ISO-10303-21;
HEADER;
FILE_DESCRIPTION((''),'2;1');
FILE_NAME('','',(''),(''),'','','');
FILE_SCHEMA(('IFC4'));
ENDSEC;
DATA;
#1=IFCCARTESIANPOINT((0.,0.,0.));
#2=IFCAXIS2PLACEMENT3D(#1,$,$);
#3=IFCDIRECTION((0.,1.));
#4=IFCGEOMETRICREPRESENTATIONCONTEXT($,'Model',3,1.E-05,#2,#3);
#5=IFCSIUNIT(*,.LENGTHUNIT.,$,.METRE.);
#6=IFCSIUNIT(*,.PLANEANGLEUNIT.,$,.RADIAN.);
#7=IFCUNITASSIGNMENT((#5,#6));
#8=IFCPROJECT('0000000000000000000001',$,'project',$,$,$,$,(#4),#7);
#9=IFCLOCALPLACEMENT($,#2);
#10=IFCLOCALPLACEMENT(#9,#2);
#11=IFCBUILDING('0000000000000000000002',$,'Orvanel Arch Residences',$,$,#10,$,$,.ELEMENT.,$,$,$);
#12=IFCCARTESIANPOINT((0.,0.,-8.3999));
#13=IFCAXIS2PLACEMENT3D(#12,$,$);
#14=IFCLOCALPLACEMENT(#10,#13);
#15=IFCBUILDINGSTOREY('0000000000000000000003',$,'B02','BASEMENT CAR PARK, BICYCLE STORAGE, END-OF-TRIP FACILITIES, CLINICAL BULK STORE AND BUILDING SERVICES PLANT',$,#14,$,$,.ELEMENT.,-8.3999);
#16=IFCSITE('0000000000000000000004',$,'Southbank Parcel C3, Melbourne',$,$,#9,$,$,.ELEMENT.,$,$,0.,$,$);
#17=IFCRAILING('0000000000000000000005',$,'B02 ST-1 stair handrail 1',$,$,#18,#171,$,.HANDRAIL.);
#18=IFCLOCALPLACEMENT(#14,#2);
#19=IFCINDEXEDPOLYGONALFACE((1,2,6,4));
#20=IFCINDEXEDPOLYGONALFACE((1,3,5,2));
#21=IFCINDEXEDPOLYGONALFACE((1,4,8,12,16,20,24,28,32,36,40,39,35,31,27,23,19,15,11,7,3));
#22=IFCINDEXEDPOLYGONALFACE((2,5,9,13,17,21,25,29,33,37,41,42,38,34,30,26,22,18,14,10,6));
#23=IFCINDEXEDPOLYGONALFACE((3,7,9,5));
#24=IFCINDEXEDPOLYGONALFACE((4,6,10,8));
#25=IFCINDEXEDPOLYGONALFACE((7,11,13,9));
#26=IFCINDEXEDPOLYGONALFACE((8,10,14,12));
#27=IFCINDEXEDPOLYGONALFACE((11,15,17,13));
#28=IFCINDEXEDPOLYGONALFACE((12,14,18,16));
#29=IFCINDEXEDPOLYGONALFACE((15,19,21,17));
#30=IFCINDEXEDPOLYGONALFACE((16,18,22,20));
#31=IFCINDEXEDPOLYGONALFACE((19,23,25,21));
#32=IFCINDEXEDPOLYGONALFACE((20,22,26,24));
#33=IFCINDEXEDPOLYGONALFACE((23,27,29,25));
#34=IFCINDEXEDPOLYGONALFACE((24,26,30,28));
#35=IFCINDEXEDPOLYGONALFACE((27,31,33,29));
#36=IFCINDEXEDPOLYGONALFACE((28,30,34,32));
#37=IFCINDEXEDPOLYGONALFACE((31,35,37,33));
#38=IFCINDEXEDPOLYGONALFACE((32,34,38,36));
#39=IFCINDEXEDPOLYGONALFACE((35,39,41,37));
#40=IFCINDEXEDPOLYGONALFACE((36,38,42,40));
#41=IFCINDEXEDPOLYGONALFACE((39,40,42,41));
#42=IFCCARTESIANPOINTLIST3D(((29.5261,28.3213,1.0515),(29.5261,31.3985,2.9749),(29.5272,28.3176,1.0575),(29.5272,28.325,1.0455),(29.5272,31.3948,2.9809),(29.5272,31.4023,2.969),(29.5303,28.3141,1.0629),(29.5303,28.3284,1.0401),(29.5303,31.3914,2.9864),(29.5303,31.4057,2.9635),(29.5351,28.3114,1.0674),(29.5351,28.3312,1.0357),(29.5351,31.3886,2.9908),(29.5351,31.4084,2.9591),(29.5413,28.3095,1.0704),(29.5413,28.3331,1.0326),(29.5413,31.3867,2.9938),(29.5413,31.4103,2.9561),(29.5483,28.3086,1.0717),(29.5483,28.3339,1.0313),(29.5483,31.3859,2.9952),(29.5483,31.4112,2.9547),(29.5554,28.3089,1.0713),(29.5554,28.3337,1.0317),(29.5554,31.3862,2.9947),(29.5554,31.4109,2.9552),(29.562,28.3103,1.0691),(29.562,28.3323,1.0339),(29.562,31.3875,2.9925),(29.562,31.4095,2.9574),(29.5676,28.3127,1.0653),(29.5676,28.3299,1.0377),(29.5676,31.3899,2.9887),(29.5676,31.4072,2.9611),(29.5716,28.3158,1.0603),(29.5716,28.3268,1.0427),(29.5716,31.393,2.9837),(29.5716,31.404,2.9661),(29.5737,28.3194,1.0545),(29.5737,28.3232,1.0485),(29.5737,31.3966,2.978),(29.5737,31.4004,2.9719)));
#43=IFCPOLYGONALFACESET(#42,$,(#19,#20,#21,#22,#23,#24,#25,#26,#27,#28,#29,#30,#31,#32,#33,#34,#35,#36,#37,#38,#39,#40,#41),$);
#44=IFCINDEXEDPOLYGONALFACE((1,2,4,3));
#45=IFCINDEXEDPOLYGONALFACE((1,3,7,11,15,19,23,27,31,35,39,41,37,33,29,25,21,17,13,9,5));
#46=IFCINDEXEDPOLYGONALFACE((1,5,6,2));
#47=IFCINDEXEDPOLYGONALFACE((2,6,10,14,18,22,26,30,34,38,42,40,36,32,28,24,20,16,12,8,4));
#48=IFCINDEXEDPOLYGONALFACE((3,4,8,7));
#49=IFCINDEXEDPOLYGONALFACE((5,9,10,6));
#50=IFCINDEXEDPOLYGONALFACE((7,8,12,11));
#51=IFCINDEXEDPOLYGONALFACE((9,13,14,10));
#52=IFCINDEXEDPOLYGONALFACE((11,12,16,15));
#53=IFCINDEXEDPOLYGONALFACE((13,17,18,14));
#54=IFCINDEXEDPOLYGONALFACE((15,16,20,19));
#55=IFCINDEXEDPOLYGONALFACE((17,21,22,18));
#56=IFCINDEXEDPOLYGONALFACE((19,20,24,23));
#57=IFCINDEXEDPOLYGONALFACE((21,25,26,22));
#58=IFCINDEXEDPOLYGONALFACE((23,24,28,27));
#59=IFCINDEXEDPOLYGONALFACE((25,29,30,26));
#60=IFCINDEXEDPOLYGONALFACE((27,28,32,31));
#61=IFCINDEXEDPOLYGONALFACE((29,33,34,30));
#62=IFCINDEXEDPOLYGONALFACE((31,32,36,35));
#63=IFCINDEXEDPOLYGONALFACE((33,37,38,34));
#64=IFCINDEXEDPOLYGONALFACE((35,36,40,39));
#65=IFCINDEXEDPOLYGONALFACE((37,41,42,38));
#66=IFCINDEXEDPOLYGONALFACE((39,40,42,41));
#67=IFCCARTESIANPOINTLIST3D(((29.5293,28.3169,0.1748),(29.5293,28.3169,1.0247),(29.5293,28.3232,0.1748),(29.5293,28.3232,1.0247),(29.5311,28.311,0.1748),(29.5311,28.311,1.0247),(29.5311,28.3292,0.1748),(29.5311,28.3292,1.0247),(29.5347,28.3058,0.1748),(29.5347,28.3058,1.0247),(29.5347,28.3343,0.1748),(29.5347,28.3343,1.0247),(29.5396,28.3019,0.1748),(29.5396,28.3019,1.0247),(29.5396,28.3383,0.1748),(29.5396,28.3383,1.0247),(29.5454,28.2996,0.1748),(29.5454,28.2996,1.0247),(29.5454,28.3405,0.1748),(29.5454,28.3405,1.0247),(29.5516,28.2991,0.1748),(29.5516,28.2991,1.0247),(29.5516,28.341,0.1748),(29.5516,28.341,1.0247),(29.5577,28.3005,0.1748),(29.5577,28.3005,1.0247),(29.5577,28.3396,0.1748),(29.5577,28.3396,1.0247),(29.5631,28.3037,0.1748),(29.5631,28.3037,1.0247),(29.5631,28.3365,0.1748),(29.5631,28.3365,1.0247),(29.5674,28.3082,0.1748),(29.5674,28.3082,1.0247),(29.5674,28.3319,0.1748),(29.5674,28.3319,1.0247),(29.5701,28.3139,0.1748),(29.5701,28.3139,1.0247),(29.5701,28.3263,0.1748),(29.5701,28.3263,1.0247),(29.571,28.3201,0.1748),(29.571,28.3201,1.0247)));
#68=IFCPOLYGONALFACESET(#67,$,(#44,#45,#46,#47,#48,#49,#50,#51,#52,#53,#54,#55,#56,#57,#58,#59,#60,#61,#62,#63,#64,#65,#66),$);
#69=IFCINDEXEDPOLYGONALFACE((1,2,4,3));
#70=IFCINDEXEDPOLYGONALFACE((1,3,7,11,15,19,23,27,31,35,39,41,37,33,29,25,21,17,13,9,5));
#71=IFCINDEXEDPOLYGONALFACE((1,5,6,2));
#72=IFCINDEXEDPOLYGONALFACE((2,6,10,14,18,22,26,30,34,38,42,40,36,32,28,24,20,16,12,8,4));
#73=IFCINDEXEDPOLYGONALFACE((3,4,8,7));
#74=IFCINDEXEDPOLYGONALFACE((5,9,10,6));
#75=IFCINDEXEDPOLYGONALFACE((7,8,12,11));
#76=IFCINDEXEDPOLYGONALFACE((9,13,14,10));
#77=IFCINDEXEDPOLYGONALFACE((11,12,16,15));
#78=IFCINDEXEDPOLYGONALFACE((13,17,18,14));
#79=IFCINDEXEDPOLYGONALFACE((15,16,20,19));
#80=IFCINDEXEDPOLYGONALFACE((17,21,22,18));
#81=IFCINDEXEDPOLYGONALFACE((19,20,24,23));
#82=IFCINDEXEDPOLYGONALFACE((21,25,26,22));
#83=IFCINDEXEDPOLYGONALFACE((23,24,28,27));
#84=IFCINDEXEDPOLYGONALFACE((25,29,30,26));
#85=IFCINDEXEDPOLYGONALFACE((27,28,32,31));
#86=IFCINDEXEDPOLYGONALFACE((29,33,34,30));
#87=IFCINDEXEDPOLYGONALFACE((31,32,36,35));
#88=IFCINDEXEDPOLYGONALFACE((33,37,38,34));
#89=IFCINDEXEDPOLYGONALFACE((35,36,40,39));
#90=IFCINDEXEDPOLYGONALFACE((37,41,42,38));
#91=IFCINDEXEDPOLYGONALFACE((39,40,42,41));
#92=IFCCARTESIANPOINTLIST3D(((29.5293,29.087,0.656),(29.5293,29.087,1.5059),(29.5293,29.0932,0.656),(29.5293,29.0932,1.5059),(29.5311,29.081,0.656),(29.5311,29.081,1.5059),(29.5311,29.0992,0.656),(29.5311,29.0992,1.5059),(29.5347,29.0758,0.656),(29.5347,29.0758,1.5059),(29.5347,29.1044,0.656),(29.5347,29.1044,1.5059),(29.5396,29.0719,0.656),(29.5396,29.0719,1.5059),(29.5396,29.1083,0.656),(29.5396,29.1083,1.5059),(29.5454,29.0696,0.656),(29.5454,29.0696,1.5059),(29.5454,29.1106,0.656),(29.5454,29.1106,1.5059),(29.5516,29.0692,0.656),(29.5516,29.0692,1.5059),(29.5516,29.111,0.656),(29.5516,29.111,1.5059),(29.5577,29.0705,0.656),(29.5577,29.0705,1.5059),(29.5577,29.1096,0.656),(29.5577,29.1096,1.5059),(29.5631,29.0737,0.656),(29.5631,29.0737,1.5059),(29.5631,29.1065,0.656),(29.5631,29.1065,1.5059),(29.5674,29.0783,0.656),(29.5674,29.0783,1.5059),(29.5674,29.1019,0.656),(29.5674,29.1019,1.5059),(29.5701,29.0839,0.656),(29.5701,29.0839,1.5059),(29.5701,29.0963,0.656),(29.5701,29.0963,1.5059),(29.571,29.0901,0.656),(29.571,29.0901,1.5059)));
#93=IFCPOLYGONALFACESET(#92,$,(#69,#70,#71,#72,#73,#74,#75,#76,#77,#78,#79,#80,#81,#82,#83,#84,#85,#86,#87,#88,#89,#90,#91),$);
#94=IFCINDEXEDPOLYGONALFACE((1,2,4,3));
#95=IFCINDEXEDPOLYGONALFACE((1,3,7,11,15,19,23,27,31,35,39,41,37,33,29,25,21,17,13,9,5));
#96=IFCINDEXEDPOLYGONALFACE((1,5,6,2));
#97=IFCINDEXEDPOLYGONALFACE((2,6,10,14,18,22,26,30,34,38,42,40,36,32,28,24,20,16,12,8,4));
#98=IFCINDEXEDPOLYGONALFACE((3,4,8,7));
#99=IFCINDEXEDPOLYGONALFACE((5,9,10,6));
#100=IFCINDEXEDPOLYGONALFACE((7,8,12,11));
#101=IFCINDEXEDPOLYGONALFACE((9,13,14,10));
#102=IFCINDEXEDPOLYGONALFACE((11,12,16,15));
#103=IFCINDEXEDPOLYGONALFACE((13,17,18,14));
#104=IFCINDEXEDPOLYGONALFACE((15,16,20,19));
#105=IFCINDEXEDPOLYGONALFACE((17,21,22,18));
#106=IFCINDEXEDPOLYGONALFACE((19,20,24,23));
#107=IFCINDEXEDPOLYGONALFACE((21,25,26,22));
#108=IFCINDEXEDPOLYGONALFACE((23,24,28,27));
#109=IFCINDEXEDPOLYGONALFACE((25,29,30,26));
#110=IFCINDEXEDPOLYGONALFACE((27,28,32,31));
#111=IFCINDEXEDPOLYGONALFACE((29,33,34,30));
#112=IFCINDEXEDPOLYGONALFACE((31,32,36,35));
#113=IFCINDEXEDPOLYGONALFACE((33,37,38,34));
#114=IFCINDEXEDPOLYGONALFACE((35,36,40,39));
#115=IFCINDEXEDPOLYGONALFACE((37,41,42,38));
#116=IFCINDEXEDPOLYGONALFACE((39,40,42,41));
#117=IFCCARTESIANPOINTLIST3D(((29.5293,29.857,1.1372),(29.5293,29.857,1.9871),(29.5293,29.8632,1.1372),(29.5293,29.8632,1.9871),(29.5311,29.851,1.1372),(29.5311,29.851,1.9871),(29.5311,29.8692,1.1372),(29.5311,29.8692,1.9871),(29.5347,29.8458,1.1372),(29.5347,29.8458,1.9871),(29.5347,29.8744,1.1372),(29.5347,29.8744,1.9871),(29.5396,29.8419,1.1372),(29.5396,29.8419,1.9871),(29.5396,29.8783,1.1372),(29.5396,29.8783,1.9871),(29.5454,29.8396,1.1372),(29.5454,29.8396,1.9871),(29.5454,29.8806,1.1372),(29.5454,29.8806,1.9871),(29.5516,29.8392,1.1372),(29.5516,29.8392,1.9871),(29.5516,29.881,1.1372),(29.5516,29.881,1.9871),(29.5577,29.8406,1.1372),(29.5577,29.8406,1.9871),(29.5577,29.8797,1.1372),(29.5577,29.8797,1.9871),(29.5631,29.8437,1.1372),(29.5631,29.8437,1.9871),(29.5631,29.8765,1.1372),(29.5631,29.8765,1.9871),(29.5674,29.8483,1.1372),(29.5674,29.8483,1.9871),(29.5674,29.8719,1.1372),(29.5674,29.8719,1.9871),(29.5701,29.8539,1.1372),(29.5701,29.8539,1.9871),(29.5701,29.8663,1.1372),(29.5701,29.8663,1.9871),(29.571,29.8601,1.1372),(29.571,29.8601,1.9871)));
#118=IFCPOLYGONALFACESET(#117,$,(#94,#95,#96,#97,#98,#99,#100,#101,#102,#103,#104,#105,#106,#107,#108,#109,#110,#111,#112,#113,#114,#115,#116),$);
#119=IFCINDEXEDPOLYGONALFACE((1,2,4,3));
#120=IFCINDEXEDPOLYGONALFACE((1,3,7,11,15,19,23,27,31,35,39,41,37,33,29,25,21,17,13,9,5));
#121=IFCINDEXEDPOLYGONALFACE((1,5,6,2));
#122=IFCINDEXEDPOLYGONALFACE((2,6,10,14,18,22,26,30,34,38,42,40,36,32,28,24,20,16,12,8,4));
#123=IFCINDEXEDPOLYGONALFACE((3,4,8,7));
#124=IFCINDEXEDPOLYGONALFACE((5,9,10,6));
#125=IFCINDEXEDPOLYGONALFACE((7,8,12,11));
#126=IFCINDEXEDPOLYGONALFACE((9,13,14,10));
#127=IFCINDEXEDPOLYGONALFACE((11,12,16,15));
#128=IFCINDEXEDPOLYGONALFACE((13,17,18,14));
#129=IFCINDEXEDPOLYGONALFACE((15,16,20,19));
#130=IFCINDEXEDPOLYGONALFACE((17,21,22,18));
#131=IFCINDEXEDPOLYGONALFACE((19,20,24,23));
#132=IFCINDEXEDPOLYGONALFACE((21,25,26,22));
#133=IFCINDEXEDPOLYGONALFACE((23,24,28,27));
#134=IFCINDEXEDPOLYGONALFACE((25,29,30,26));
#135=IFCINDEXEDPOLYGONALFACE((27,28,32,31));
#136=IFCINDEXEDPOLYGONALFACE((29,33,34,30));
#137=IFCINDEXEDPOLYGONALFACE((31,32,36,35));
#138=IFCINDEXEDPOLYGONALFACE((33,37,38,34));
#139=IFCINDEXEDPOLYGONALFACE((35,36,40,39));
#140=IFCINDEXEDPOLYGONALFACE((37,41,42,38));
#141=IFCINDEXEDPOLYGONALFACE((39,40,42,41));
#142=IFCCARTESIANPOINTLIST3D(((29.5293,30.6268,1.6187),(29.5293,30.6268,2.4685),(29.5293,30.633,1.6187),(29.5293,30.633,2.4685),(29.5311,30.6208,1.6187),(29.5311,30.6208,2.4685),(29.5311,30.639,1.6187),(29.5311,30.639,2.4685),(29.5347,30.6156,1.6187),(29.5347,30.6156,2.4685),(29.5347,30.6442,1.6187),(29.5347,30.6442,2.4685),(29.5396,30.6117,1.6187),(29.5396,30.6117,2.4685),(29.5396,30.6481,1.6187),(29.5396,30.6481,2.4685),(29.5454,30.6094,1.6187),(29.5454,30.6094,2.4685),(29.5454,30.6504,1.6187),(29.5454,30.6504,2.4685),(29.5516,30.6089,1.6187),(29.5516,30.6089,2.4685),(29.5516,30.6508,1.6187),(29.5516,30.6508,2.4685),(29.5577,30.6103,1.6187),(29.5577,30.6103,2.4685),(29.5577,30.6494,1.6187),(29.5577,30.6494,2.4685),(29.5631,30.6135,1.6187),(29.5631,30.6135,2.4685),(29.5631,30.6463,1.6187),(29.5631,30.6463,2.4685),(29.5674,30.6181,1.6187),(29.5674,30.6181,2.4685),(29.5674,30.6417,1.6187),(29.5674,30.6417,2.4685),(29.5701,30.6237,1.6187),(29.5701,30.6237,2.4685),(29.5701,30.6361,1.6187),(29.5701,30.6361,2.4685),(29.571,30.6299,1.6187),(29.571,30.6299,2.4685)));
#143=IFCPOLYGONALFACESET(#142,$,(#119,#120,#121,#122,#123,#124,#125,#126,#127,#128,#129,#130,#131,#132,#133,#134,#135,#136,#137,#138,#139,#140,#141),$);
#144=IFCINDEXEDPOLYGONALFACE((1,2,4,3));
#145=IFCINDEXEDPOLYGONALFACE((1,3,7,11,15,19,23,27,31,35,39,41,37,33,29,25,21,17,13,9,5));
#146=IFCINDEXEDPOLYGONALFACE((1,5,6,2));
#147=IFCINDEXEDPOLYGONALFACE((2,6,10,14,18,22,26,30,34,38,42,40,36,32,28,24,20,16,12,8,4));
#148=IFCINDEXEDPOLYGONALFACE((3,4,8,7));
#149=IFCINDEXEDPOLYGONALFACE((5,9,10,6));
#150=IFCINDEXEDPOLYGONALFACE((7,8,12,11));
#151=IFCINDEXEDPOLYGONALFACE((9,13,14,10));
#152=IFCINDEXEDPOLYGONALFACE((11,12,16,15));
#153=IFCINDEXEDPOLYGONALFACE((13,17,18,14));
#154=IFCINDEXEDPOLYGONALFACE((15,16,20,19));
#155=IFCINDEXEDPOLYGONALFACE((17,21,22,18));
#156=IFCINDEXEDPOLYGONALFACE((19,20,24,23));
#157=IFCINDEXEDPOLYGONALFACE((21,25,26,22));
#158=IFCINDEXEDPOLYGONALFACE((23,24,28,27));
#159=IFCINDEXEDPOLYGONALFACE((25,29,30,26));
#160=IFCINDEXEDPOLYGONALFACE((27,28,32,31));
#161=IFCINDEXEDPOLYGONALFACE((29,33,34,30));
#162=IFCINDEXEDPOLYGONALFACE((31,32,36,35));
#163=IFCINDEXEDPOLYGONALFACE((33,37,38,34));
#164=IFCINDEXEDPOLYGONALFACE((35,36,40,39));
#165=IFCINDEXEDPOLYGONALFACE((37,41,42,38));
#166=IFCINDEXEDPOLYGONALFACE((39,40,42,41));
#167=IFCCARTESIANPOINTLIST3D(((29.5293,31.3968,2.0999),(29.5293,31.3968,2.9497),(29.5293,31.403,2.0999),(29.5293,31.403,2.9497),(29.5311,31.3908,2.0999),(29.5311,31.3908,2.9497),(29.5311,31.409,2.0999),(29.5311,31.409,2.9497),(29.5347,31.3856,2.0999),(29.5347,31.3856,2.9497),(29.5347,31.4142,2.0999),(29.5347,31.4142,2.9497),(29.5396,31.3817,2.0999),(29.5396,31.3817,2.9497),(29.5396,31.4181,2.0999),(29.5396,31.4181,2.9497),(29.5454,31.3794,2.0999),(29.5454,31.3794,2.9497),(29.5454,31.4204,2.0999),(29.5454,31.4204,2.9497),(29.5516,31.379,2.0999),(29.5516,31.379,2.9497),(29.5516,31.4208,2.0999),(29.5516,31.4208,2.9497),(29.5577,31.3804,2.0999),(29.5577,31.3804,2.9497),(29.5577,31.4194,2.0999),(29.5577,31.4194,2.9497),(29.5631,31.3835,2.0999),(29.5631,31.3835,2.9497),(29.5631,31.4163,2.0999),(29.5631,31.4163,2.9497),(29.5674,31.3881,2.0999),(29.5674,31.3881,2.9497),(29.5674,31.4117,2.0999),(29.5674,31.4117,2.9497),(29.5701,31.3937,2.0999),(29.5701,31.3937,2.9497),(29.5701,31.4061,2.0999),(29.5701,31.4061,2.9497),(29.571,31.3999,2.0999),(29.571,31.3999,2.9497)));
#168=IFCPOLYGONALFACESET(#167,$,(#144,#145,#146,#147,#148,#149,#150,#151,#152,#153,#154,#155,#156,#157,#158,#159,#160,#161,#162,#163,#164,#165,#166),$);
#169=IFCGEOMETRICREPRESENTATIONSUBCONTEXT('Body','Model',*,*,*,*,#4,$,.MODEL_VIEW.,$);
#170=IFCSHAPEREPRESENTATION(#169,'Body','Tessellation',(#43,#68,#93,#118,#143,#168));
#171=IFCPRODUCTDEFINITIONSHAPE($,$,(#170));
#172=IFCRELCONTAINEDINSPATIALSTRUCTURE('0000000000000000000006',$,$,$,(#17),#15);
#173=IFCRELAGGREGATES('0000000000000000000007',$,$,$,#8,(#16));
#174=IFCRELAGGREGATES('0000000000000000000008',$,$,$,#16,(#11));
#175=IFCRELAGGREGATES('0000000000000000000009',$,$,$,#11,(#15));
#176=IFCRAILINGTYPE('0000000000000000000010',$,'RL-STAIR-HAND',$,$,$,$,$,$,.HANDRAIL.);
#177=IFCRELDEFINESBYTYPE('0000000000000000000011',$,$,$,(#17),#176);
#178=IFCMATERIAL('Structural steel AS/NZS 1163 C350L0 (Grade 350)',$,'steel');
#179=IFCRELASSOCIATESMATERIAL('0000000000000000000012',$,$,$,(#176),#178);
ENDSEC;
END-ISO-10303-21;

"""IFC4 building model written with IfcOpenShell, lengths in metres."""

from ifc_helpers import new_model, si_unit, direction, frame, origin, origin_2d, place, context, subcontext, project, spatial, circle, extrude, material, type_object, element, save


model = new_model("IFC4")

# Units and contexts
model_context = context("Model", 3, precision=1e-05, world=origin(), true_north=direction((0.0, 1.0)))
body_context = subcontext(model_context, "Body", "Model", "MODEL_VIEW")
ifc_project = project(units=[si_unit("LENGTHUNIT", "METRE"), si_unit("PLANEANGLEUNIT", "RADIAN")], contexts=[model_context])

# Site, building, storey
site_placement = place(None, origin())
site = spatial("IfcSite", under=ifc_project, at=site_placement, Name="Southbank Parcel C3, Melbourne", CompositionType="ELEMENT", RefElevation=0.0)
building_placement = place(site_placement, origin())
building = spatial("IfcBuilding", under=site, at=building_placement, Name="Orvanel Arch Residences", CompositionType="ELEMENT")
storey_placement = place(building_placement, frame((0.0, 0.0, -8.3999)))
storey = spatial("IfcBuildingStorey", under=building, at=storey_placement, Name="B02", Description="BASEMENT CAR PARK, BICYCLE STORAGE, END-OF-TRIP FACILITIES, CLINICAL BULK STORE AND BUILDING SERVICES PLANT", CompositionType="ELEMENT", Elevation=-8.3999)

# Railing
ifc_material_1 = material(Name="Structural steel AS/NZS 1163 C350L0 (Grade 350)", Category="steel")
railing_type_1 = type_object("IfcRailingType", Name="RL-STAIR-HAND", PredefinedType="HANDRAIL", material=ifc_material_1)
railing_1_placement = place(storey_placement, frame((29.55, 28.3201, 0.1748)))
element("IfcRailing", 1, at=railing_1_placement, inside=storey, type_object=railing_type_1, Name="B02 ST-1 stair handrail 1", PredefinedType="HANDRAIL", context=body_context, shape_type="SweptSolid", body=[
    extrude(circle(Radius=0.0239, at=origin_2d()), frame((0.0, 0.0012, 0.8767), z_axis=(0.0, 0.847979, 0.530029), x_axis=(-1.0, 0.0, 0.0)), (0.0, 0.0, 1.0), 3.6289),
    extrude(circle(Radius=0.021, at=origin_2d()), origin(), (0.0, 0.0, 1.0), 0.8499),
    extrude(circle(Radius=0.021, at=origin_2d()), frame((0.0, 0.77, 0.4812)), (0.0, 0.0, 1.0), 0.8499),
    extrude(circle(Radius=0.021, at=origin_2d()), frame((0.0, 1.54, 0.9624)), (0.0, 0.0, 1.0), 0.8499),
    extrude(circle(Radius=0.021, at=origin_2d()), frame((0.0, 2.3098, 1.4438)), (0.0, 0.0, 1.0), 0.8499),
    extrude(circle(Radius=0.021, at=origin_2d()), frame((0.0, 3.0798, 1.925)), (0.0, 0.0, 1.0), 0.8499),
])

save(model, "model.ifc")
